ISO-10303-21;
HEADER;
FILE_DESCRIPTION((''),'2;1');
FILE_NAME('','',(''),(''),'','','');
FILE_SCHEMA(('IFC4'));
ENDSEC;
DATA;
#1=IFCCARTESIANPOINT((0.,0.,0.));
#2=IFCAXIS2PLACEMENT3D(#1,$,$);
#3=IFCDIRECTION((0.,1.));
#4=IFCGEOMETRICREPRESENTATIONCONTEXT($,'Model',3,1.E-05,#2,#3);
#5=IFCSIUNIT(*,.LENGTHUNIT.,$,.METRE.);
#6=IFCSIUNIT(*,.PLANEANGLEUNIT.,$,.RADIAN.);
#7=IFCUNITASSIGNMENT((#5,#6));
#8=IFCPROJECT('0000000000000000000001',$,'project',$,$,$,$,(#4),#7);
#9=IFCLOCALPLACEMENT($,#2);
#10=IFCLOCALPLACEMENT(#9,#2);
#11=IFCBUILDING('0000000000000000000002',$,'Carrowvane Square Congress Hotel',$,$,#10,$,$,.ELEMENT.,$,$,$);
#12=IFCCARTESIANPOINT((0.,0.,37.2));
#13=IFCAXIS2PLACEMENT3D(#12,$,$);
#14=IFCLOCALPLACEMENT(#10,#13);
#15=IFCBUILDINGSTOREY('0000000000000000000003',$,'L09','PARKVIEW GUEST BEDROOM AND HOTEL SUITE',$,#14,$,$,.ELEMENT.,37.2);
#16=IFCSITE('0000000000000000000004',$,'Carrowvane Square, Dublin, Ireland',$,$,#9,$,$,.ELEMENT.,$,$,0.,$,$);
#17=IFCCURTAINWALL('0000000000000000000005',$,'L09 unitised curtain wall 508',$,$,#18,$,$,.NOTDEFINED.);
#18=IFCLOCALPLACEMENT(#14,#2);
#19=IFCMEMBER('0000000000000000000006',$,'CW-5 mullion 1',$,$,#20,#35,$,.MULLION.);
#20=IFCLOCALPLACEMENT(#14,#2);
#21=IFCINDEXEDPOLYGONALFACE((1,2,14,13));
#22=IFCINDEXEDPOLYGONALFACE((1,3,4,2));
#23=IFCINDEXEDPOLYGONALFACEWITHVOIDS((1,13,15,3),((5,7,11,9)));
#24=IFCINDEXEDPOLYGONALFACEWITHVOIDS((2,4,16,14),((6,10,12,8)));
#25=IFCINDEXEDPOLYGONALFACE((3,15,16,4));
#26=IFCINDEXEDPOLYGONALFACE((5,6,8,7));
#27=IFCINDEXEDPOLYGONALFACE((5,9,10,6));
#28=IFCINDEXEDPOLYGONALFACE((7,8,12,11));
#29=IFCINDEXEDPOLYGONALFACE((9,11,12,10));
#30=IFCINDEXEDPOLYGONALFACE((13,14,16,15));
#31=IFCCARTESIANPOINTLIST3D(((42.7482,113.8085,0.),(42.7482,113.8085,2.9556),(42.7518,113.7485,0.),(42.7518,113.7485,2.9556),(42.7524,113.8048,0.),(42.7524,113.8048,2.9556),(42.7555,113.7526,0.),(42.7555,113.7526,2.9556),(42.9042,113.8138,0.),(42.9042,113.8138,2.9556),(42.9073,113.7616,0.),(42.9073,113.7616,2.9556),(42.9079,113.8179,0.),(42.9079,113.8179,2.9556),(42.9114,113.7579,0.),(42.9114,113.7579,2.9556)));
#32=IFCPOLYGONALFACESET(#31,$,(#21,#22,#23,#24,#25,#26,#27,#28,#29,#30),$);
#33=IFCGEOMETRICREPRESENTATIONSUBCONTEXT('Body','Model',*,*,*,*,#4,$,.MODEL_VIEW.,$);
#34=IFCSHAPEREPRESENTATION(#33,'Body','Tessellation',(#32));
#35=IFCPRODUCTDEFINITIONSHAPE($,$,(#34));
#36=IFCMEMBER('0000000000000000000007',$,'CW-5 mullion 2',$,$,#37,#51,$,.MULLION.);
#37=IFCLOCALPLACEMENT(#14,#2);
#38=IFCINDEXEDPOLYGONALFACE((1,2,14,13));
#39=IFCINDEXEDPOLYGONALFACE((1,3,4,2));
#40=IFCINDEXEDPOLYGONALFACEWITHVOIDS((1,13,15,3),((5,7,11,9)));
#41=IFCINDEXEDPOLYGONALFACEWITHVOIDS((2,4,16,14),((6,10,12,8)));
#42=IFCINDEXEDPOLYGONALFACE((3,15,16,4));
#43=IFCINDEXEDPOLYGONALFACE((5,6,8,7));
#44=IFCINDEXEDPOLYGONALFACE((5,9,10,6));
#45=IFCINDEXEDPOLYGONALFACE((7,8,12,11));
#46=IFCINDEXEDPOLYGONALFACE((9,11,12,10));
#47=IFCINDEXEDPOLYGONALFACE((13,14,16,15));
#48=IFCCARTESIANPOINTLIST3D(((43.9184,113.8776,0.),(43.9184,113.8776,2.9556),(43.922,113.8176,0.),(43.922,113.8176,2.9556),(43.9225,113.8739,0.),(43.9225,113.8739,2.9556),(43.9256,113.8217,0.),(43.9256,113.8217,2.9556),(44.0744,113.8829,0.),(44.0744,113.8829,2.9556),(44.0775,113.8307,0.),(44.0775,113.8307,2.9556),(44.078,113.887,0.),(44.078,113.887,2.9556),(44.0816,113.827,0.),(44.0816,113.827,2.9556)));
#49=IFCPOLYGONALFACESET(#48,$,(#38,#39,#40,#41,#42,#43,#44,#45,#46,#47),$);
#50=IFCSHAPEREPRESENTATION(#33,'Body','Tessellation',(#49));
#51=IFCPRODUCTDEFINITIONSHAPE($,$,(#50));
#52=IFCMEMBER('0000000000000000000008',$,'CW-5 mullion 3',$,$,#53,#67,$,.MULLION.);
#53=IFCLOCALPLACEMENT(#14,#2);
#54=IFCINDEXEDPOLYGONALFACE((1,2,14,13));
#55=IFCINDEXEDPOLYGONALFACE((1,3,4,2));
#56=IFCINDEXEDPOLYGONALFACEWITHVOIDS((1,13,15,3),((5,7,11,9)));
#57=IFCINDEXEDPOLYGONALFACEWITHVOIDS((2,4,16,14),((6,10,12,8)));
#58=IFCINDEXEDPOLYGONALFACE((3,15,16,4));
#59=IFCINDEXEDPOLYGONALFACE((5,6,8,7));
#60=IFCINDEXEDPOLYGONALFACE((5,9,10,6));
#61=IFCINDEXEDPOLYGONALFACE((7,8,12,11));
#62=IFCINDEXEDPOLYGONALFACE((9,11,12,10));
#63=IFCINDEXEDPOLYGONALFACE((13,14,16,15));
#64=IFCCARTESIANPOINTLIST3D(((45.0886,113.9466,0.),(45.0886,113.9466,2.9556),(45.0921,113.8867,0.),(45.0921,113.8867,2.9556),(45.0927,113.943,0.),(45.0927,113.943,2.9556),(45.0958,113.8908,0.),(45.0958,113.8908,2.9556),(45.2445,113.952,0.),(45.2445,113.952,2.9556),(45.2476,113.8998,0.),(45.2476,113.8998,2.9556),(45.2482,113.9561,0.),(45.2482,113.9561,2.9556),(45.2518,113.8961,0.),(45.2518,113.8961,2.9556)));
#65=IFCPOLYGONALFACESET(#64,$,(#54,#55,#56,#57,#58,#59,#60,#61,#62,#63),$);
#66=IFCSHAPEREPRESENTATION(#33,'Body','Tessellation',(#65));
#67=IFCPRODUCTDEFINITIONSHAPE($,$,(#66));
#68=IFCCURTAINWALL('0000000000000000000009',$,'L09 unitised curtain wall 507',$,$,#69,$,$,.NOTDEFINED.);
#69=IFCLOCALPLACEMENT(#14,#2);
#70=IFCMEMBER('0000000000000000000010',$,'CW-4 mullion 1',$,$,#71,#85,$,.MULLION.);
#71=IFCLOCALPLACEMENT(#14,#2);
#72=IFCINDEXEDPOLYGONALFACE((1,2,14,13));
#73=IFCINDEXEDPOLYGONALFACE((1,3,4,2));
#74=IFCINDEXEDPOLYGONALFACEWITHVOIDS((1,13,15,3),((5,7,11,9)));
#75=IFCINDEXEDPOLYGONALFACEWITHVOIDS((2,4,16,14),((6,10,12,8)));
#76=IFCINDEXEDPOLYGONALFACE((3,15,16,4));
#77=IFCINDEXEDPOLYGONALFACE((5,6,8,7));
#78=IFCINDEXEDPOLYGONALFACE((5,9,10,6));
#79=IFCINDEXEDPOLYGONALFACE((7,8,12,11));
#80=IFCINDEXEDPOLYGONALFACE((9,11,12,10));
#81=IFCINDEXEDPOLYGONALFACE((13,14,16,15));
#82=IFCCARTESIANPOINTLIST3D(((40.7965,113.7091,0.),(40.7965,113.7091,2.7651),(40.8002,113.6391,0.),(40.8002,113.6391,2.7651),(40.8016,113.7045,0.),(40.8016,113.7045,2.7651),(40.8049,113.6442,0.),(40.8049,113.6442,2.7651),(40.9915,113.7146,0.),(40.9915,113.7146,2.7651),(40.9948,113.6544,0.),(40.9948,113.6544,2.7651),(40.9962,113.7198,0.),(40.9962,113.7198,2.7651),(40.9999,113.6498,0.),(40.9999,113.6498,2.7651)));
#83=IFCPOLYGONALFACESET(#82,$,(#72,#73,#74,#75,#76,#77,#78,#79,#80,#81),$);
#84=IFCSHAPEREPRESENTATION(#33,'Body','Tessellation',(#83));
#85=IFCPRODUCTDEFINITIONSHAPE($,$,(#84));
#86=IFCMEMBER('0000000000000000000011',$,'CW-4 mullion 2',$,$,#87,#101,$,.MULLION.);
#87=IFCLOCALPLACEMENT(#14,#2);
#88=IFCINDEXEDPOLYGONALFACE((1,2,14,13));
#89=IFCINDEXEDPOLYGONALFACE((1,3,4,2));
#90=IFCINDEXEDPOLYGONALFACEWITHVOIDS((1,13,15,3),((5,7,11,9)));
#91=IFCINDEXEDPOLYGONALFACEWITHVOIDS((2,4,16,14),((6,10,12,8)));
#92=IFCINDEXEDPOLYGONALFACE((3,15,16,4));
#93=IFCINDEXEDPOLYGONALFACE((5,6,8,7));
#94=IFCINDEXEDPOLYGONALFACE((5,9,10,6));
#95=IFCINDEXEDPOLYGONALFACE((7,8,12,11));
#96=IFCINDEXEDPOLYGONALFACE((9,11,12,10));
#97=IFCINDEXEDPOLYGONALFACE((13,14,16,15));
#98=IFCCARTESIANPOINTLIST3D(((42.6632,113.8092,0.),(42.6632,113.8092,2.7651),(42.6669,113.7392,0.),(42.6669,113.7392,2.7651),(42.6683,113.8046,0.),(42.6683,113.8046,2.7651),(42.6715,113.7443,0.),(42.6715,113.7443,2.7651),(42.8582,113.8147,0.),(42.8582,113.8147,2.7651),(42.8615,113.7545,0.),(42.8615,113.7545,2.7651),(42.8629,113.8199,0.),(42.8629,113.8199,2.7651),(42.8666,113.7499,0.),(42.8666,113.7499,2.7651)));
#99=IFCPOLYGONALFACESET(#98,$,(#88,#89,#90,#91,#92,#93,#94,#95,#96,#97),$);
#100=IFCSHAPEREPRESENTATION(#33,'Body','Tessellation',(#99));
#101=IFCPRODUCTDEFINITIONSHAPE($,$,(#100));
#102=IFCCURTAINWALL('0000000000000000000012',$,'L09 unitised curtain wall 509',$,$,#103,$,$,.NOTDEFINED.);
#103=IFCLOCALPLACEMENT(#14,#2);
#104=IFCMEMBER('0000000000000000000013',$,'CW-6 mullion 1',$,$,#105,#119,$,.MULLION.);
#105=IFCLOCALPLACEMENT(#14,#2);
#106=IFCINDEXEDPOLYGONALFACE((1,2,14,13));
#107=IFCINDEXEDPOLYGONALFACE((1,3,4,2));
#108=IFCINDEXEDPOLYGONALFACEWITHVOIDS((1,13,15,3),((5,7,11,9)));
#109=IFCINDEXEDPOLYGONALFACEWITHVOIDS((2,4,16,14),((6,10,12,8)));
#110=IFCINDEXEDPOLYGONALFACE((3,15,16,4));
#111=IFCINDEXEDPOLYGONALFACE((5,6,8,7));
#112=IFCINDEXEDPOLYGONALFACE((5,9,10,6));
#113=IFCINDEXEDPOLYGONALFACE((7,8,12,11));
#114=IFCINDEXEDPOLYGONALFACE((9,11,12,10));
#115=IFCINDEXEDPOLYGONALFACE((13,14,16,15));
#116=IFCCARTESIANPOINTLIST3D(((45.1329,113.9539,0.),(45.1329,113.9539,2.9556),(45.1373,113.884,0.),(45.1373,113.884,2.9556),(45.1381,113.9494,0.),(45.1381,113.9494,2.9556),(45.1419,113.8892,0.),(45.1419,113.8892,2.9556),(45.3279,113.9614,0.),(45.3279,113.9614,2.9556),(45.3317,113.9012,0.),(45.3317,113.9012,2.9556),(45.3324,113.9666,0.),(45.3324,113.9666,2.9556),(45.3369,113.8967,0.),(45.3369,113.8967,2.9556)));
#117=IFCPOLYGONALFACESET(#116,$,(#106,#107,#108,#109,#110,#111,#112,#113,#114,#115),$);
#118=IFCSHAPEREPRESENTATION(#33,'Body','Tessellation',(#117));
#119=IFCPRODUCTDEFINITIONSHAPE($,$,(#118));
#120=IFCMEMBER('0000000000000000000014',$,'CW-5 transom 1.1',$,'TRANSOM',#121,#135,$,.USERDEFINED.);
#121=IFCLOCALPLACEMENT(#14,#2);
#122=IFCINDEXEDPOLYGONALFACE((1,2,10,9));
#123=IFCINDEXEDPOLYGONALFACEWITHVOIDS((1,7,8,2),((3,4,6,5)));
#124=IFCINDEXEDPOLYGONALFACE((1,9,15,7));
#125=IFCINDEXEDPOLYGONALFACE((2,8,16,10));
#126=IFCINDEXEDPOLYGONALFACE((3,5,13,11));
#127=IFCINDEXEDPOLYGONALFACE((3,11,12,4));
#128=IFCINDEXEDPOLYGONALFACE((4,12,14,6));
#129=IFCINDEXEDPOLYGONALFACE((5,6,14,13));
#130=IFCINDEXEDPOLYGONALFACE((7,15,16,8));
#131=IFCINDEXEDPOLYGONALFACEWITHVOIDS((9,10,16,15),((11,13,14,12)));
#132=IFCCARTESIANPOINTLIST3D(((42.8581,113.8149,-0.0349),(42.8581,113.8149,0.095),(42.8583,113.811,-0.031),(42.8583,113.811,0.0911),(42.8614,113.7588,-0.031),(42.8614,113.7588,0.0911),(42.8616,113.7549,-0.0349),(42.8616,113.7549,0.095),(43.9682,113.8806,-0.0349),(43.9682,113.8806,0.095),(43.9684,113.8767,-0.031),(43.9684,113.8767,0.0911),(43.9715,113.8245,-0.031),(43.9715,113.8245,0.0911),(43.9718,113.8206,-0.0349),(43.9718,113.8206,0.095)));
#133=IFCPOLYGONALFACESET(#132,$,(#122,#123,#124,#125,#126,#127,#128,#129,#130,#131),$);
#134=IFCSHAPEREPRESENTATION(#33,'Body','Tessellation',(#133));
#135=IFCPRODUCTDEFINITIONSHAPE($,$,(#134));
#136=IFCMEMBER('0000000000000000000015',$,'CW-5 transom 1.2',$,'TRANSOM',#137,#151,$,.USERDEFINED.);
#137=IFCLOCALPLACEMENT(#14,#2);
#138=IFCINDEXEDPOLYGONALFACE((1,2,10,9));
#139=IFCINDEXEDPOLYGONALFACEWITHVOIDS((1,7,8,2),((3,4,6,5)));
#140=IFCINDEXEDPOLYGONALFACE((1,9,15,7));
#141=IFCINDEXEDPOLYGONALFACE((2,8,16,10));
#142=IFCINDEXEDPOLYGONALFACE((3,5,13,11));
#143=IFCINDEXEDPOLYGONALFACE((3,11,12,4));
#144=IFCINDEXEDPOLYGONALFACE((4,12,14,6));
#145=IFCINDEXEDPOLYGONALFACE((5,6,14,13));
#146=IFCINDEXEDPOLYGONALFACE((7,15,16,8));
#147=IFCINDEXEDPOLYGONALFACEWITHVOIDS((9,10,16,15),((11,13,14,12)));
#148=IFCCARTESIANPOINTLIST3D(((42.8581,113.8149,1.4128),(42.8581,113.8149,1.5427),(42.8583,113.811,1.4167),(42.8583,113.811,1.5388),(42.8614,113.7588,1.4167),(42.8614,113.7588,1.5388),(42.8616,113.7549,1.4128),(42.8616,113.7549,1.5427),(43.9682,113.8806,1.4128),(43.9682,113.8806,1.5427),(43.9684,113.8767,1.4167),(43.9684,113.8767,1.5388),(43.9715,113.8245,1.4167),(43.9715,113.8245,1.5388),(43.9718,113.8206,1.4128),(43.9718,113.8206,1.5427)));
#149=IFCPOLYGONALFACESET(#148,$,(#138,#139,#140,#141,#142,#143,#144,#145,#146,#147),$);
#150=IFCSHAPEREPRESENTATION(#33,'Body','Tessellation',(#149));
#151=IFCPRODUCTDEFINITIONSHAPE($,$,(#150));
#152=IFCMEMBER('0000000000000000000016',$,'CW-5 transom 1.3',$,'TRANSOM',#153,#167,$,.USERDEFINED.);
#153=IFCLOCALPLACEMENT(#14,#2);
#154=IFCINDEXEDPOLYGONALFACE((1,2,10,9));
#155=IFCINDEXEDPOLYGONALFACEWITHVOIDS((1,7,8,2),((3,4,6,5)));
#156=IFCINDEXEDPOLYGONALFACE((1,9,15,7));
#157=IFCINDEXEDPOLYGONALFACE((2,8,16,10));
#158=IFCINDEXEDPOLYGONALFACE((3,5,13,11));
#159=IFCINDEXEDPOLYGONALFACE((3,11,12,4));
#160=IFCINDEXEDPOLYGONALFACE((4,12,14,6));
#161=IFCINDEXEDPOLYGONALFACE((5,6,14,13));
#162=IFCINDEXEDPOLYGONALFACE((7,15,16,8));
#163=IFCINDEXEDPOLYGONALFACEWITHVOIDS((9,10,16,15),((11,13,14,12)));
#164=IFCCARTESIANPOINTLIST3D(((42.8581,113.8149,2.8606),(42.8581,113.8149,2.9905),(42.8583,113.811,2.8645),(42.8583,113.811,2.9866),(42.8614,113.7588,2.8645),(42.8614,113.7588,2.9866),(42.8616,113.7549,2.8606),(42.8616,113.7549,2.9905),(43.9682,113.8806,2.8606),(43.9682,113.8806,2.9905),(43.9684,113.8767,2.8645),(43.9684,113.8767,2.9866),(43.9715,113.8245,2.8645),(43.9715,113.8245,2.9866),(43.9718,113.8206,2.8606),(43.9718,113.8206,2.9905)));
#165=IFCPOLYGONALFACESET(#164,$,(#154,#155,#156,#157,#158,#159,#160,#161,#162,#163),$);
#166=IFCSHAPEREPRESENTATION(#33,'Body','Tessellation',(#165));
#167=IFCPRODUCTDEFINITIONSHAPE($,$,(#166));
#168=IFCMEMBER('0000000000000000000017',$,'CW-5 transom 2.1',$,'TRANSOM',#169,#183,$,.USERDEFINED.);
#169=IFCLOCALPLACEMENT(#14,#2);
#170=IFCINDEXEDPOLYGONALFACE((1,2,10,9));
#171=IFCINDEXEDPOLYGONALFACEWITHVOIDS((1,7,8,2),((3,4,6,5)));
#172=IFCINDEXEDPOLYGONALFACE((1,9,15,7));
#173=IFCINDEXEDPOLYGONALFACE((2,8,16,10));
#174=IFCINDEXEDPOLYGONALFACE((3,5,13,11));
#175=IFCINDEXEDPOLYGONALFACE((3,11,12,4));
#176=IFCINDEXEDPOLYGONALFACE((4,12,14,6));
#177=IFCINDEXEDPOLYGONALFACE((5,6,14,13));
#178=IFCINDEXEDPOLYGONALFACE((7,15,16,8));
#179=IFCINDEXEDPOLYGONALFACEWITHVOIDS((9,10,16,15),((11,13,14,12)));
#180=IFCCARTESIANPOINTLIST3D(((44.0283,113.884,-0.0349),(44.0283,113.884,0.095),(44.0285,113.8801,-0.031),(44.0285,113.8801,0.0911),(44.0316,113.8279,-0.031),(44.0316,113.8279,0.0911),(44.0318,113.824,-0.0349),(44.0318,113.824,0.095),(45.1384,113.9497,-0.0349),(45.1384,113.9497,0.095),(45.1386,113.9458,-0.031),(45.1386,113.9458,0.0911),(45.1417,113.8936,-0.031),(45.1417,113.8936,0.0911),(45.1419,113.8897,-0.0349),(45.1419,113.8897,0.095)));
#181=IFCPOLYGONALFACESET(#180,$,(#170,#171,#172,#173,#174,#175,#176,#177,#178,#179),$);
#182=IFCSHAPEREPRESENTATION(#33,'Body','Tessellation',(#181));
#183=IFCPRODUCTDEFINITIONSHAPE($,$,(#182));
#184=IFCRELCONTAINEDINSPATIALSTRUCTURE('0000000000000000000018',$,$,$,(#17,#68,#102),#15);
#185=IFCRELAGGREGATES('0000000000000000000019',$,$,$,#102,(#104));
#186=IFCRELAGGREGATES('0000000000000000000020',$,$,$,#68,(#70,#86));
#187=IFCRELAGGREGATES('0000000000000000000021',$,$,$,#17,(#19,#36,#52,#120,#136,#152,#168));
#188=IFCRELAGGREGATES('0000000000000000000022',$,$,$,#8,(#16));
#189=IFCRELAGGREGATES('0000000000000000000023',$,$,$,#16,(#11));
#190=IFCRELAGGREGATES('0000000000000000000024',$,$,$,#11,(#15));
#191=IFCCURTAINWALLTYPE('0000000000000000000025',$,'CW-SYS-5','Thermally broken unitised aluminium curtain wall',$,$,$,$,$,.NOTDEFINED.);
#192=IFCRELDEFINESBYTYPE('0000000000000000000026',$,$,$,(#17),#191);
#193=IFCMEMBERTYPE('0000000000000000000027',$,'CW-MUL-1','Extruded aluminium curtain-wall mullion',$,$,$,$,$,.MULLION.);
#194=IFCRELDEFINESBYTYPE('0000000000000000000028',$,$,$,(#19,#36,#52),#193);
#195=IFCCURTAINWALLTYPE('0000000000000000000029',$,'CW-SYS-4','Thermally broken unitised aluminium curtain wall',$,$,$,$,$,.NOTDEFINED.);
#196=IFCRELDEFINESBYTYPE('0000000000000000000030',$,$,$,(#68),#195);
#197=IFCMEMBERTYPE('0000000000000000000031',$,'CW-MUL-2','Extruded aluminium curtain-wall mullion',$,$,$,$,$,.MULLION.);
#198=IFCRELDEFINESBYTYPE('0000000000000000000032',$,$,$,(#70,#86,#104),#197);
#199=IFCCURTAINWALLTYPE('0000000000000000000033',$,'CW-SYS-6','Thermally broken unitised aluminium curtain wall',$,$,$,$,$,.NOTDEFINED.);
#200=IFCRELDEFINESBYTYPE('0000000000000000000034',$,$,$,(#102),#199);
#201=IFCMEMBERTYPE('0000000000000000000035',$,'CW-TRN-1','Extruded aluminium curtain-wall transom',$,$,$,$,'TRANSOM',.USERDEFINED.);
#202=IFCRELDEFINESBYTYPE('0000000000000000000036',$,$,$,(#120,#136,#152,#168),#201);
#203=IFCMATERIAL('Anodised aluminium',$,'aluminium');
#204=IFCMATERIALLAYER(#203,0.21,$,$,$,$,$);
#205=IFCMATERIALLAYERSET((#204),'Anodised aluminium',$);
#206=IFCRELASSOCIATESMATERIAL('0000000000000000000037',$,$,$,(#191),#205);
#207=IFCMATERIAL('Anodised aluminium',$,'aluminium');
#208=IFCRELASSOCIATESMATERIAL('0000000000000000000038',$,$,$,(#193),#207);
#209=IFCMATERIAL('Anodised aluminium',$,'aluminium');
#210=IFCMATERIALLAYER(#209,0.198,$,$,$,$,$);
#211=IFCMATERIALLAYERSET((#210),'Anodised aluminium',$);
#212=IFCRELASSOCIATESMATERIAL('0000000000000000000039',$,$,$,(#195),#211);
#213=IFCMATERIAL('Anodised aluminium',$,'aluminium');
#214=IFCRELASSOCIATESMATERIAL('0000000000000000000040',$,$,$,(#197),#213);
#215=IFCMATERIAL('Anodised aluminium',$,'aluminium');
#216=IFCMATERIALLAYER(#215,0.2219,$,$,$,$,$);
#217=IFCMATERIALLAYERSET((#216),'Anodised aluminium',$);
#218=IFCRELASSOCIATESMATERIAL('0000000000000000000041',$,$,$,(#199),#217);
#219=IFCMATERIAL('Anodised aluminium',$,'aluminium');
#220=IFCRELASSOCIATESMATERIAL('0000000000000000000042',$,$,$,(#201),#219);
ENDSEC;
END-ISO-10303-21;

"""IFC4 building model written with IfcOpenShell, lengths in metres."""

from ifc_helpers import new_model, si_unit, direction, frame, origin, origin_2d, place, context, subcontext, project, spatial, hollow_rectangle, extrude, material, layer, layer_set, material_profile, profile_set, type_object, element, aggregate, save


model = new_model("IFC4")

# Units and contexts
model_context = context("Model", 3, precision=1e-05, world=origin(), true_north=direction((0.0, 1.0)))
body_context = subcontext(model_context, "Body", "Model", "MODEL_VIEW")
ifc_project = project(units=[si_unit("LENGTHUNIT", "METRE"), si_unit("PLANEANGLEUNIT", "RADIAN")], contexts=[model_context])

# Site, building, storey
site_placement = place(None, origin())
site = spatial("IfcSite", under=ifc_project, at=site_placement, Name="Carrowvane Square, Dublin, Ireland", CompositionType="ELEMENT", RefElevation=0.0)
building_placement = place(site_placement, origin())
building = spatial("IfcBuilding", under=site, at=building_placement, Name="Carrowvane Square Congress Hotel", CompositionType="ELEMENT")
storey_placement = place(building_placement, frame((0.0, 0.0, 37.2)))
storey = spatial("IfcBuildingStorey", under=building, at=storey_placement, Name="L09", Description="PARKVIEW GUEST BEDROOM AND HOTEL SUITE", CompositionType="ELEMENT", Elevation=37.2)

# Curtain walls, members
ifc_material_1 = material(Name="Anodised aluminium", Category="aluminium")
ifc_layer_1 = layer(ifc_material_1, 0.21)
ifc_layer_set_1 = layer_set([ifc_layer_1], Name="Anodised aluminium")
curtain_wall_type_1 = type_object("IfcCurtainWallType", Name="CW-SYS-5", Description="Thermally broken unitised aluminium curtain wall", PredefinedType="NOTDEFINED", material=ifc_layer_set_1)
curtain_wall_1_placement = place(storey_placement, origin())
curtain_wall_1 = element("IfcCurtainWall", 1, at=curtain_wall_1_placement, inside=storey, type_object=curtain_wall_type_1, Name="L09 unitised curtain wall 508", PredefinedType="NOTDEFINED")
ifc_material_2 = material(Name="Anodised aluminium", Category="aluminium")
ifc_material_profile_1 = material_profile(ifc_material_2, hollow_rectangle(XDim=0.0601, YDim=0.1599, WallThickness=0.0039, at=origin_2d()), Name="CW-ML 60x160x4")
ifc_profile_set_1 = profile_set([ifc_material_profile_1], Name="Anodised aluminium")
member_type_1 = type_object("IfcMemberType", Name="CW-MUL-1", Description="Extruded aluminium curtain-wall mullion", PredefinedType="MULLION", material=ifc_profile_set_1)
member_1_placement = place(storey_placement, frame((42.8298, 113.7832, 0.0), z_axis=(0.0, 0.0, 1.0), x_axis=(-0.058989, 0.998259, 0.0)))
member_1 = element("IfcMember", 2, at=member_1_placement, type_object=member_type_1, Name="CW-5 mullion 1", PredefinedType="MULLION", context=body_context, shape_type="SweptSolid", body=[
    extrude(hollow_rectangle(XDim=0.0601, YDim=0.1599, WallThickness=0.0039, at=origin_2d()), origin(), (0.0, 0.0, 1.0), 2.9556),
])
member_2_placement = place(storey_placement, frame((44.0, 113.8523, 0.0), z_axis=(0.0, 0.0, 1.0), x_axis=(-0.058989, 0.998259, 0.0)))
member_2 = element("IfcMember", 3, at=member_2_placement, type_object=member_type_1, Name="CW-5 mullion 2", PredefinedType="MULLION", context=body_context, shape_type="SweptSolid", body=[
    extrude(hollow_rectangle(XDim=0.0601, YDim=0.1599, WallThickness=0.0039, at=origin_2d()), origin(), (0.0, 0.0, 1.0), 2.9556),
])
member_3_placement = place(storey_placement, frame((45.1702, 113.9214, 0.0), z_axis=(0.0, 0.0, 1.0), x_axis=(-0.058989, 0.998259, 0.0)))
member_3 = element("IfcMember", 4, at=member_3_placement, type_object=member_type_1, Name="CW-5 mullion 3", PredefinedType="MULLION", context=body_context, shape_type="SweptSolid", body=[
    extrude(hollow_rectangle(XDim=0.0601, YDim=0.1599, WallThickness=0.0039, at=origin_2d()), origin(), (0.0, 0.0, 1.0), 2.9556),
])
ifc_material_3 = material(Name="Anodised aluminium", Category="aluminium")
ifc_layer_2 = layer(ifc_material_3, 0.198)
ifc_layer_set_2 = layer_set([ifc_layer_2], Name="Anodised aluminium")
curtain_wall_type_2 = type_object("IfcCurtainWallType", Name="CW-SYS-4", Description="Thermally broken unitised aluminium curtain wall", PredefinedType="NOTDEFINED", material=ifc_layer_set_2)
curtain_wall_2_placement = place(storey_placement, origin())
curtain_wall_2 = element("IfcCurtainWall", 5, at=curtain_wall_2_placement, inside=storey, type_object=curtain_wall_type_2, Name="L09 unitised curtain wall 507", PredefinedType="NOTDEFINED")
ifc_material_4 = material(Name="Anodised aluminium", Category="aluminium")
ifc_material_profile_2 = material_profile(ifc_material_4, hollow_rectangle(XDim=0.0701, YDim=0.2, WallThickness=0.0049, at=origin_2d()), Name="CW-ML 70x200x5")
ifc_profile_set_2 = profile_set([ifc_material_profile_2], Name="Anodised aluminium")
member_type_2 = type_object("IfcMemberType", Name="CW-MUL-2", Description="Extruded aluminium curtain-wall mullion", PredefinedType="MULLION", material=ifc_profile_set_2)
member_4_placement = place(storey_placement, frame((40.8982, 113.6794, 0.0), z_axis=(0.0, 0.0, 1.0), x_axis=(-0.053514, 0.998567, 0.0)))
member_4 = element("IfcMember", 6, at=member_4_placement, type_object=member_type_2, Name="CW-4 mullion 1", PredefinedType="MULLION", context=body_context, shape_type="SweptSolid", body=[
    extrude(hollow_rectangle(XDim=0.0701, YDim=0.2, WallThickness=0.0049, at=origin_2d()), origin(), (0.0, 0.0, 1.0), 2.7651),
])
member_5_placement = place(storey_placement, frame((42.7649, 113.7795, 0.0), z_axis=(0.0, 0.0, 1.0), x_axis=(-0.053514, 0.998567, 0.0)))
member_5 = element("IfcMember", 7, at=member_5_placement, type_object=member_type_2, Name="CW-4 mullion 2", PredefinedType="MULLION", context=body_context, shape_type="SweptSolid", body=[
    extrude(hollow_rectangle(XDim=0.0701, YDim=0.2, WallThickness=0.0049, at=origin_2d()), origin(), (0.0, 0.0, 1.0), 2.7651),
])

# Curtain wall, member
ifc_material_5 = material(Name="Anodised aluminium", Category="aluminium")
ifc_layer_3 = layer(ifc_material_5, 0.2219)
ifc_layer_set_3 = layer_set([ifc_layer_3], Name="Anodised aluminium")
curtain_wall_type_3 = type_object("IfcCurtainWallType", Name="CW-SYS-6", Description="Thermally broken unitised aluminium curtain wall", PredefinedType="NOTDEFINED", material=ifc_layer_set_3)
curtain_wall_3_placement = place(storey_placement, origin())
curtain_wall_3 = element("IfcCurtainWall", 8, at=curtain_wall_3_placement, inside=storey, type_object=curtain_wall_type_3, Name="L09 unitised curtain wall 509", PredefinedType="NOTDEFINED")
member_6_placement = place(storey_placement, frame((45.2349, 113.9253, 0.0), z_axis=(0.0, 0.0, 1.0), x_axis=(-0.063273, 0.997996, 0.0)))
member_6 = element("IfcMember", 9, at=member_6_placement, type_object=member_type_2, Name="CW-6 mullion 1", PredefinedType="MULLION", context=body_context, shape_type="SweptSolid", body=[
    extrude(hollow_rectangle(XDim=0.0701, YDim=0.2, WallThickness=0.0049, at=origin_2d()), origin(), (0.0, 0.0, 1.0), 2.9556),
])

# Members
ifc_material_6 = material(Name="Anodised aluminium", Category="aluminium")
ifc_material_profile_3 = material_profile(ifc_material_6, hollow_rectangle(XDim=0.0601, YDim=0.1299, WallThickness=0.0039, at=origin_2d()), Name="CW-TR 60x130x4")
ifc_profile_set_3 = profile_set([ifc_material_profile_3], Name="Anodised aluminium")
member_type_3 = type_object("IfcMemberType", Name="CW-TRN-1", Description="Extruded aluminium curtain-wall transom", ElementType="TRANSOM", PredefinedType="USERDEFINED", material=ifc_profile_set_3)
member_7_placement = place(storey_placement, frame((42.8599, 113.7849, 0.03), z_axis=(0.998255, 0.059057, 0.0), x_axis=(-0.059057, 0.998255, 0.0)))
member_7 = element("IfcMember", 10, at=member_7_placement, type_object=member_type_3, Name="CW-5 transom 1.1", ObjectType="TRANSOM", PredefinedType="USERDEFINED", context=body_context, shape_type="SweptSolid", body=[
    extrude(hollow_rectangle(XDim=0.0601, YDim=0.1299, WallThickness=0.0039, at=origin_2d()), origin(), (0.0, 0.0, 1.0), 1.1121),
])
member_8_placement = place(storey_placement, frame((42.8599, 113.7849, 1.4778), z_axis=(0.998255, 0.059057, 0.0), x_axis=(-0.059057, 0.998255, 0.0)))
member_8 = element("IfcMember", 11, at=member_8_placement, type_object=member_type_3, Name="CW-5 transom 1.2", ObjectType="TRANSOM", PredefinedType="USERDEFINED", context=body_context, shape_type="SweptSolid", body=[
    extrude(hollow_rectangle(XDim=0.0601, YDim=0.1299, WallThickness=0.0039, at=origin_2d()), origin(), (0.0, 0.0, 1.0), 1.1121),
])
member_9_placement = place(storey_placement, frame((42.8599, 113.7849, 2.9255), z_axis=(0.998255, 0.059057, 0.0), x_axis=(-0.059057, 0.998255, 0.0)))
member_9 = element("IfcMember", 12, at=member_9_placement, type_object=member_type_3, Name="CW-5 transom 1.3", ObjectType="TRANSOM", PredefinedType="USERDEFINED", context=body_context, shape_type="SweptSolid", body=[
    extrude(hollow_rectangle(XDim=0.0601, YDim=0.1299, WallThickness=0.0039, at=origin_2d()), origin(), (0.0, 0.0, 1.0), 1.1121),
])
member_10_placement = place(storey_placement, frame((44.03, 113.854, 0.03), z_axis=(0.998255, 0.059057, 0.0), x_axis=(-0.059057, 0.998255, 0.0)))
member_10 = element("IfcMember", 13, at=member_10_placement, type_object=member_type_3, Name="CW-5 transom 2.1", ObjectType="TRANSOM", PredefinedType="USERDEFINED", context=body_context, shape_type="SweptSolid", body=[
    extrude(hollow_rectangle(XDim=0.0601, YDim=0.1299, WallThickness=0.0039, at=origin_2d()), origin(), (0.0, 0.0, 1.0), 1.1121),
])
aggregate(curtain_wall_3, [member_6])

aggregate(curtain_wall_2, [member_4, member_5])
aggregate(curtain_wall_1, [member_1, member_2, member_3, member_7, member_8, member_9, member_10])

save(model, "model.ifc")
